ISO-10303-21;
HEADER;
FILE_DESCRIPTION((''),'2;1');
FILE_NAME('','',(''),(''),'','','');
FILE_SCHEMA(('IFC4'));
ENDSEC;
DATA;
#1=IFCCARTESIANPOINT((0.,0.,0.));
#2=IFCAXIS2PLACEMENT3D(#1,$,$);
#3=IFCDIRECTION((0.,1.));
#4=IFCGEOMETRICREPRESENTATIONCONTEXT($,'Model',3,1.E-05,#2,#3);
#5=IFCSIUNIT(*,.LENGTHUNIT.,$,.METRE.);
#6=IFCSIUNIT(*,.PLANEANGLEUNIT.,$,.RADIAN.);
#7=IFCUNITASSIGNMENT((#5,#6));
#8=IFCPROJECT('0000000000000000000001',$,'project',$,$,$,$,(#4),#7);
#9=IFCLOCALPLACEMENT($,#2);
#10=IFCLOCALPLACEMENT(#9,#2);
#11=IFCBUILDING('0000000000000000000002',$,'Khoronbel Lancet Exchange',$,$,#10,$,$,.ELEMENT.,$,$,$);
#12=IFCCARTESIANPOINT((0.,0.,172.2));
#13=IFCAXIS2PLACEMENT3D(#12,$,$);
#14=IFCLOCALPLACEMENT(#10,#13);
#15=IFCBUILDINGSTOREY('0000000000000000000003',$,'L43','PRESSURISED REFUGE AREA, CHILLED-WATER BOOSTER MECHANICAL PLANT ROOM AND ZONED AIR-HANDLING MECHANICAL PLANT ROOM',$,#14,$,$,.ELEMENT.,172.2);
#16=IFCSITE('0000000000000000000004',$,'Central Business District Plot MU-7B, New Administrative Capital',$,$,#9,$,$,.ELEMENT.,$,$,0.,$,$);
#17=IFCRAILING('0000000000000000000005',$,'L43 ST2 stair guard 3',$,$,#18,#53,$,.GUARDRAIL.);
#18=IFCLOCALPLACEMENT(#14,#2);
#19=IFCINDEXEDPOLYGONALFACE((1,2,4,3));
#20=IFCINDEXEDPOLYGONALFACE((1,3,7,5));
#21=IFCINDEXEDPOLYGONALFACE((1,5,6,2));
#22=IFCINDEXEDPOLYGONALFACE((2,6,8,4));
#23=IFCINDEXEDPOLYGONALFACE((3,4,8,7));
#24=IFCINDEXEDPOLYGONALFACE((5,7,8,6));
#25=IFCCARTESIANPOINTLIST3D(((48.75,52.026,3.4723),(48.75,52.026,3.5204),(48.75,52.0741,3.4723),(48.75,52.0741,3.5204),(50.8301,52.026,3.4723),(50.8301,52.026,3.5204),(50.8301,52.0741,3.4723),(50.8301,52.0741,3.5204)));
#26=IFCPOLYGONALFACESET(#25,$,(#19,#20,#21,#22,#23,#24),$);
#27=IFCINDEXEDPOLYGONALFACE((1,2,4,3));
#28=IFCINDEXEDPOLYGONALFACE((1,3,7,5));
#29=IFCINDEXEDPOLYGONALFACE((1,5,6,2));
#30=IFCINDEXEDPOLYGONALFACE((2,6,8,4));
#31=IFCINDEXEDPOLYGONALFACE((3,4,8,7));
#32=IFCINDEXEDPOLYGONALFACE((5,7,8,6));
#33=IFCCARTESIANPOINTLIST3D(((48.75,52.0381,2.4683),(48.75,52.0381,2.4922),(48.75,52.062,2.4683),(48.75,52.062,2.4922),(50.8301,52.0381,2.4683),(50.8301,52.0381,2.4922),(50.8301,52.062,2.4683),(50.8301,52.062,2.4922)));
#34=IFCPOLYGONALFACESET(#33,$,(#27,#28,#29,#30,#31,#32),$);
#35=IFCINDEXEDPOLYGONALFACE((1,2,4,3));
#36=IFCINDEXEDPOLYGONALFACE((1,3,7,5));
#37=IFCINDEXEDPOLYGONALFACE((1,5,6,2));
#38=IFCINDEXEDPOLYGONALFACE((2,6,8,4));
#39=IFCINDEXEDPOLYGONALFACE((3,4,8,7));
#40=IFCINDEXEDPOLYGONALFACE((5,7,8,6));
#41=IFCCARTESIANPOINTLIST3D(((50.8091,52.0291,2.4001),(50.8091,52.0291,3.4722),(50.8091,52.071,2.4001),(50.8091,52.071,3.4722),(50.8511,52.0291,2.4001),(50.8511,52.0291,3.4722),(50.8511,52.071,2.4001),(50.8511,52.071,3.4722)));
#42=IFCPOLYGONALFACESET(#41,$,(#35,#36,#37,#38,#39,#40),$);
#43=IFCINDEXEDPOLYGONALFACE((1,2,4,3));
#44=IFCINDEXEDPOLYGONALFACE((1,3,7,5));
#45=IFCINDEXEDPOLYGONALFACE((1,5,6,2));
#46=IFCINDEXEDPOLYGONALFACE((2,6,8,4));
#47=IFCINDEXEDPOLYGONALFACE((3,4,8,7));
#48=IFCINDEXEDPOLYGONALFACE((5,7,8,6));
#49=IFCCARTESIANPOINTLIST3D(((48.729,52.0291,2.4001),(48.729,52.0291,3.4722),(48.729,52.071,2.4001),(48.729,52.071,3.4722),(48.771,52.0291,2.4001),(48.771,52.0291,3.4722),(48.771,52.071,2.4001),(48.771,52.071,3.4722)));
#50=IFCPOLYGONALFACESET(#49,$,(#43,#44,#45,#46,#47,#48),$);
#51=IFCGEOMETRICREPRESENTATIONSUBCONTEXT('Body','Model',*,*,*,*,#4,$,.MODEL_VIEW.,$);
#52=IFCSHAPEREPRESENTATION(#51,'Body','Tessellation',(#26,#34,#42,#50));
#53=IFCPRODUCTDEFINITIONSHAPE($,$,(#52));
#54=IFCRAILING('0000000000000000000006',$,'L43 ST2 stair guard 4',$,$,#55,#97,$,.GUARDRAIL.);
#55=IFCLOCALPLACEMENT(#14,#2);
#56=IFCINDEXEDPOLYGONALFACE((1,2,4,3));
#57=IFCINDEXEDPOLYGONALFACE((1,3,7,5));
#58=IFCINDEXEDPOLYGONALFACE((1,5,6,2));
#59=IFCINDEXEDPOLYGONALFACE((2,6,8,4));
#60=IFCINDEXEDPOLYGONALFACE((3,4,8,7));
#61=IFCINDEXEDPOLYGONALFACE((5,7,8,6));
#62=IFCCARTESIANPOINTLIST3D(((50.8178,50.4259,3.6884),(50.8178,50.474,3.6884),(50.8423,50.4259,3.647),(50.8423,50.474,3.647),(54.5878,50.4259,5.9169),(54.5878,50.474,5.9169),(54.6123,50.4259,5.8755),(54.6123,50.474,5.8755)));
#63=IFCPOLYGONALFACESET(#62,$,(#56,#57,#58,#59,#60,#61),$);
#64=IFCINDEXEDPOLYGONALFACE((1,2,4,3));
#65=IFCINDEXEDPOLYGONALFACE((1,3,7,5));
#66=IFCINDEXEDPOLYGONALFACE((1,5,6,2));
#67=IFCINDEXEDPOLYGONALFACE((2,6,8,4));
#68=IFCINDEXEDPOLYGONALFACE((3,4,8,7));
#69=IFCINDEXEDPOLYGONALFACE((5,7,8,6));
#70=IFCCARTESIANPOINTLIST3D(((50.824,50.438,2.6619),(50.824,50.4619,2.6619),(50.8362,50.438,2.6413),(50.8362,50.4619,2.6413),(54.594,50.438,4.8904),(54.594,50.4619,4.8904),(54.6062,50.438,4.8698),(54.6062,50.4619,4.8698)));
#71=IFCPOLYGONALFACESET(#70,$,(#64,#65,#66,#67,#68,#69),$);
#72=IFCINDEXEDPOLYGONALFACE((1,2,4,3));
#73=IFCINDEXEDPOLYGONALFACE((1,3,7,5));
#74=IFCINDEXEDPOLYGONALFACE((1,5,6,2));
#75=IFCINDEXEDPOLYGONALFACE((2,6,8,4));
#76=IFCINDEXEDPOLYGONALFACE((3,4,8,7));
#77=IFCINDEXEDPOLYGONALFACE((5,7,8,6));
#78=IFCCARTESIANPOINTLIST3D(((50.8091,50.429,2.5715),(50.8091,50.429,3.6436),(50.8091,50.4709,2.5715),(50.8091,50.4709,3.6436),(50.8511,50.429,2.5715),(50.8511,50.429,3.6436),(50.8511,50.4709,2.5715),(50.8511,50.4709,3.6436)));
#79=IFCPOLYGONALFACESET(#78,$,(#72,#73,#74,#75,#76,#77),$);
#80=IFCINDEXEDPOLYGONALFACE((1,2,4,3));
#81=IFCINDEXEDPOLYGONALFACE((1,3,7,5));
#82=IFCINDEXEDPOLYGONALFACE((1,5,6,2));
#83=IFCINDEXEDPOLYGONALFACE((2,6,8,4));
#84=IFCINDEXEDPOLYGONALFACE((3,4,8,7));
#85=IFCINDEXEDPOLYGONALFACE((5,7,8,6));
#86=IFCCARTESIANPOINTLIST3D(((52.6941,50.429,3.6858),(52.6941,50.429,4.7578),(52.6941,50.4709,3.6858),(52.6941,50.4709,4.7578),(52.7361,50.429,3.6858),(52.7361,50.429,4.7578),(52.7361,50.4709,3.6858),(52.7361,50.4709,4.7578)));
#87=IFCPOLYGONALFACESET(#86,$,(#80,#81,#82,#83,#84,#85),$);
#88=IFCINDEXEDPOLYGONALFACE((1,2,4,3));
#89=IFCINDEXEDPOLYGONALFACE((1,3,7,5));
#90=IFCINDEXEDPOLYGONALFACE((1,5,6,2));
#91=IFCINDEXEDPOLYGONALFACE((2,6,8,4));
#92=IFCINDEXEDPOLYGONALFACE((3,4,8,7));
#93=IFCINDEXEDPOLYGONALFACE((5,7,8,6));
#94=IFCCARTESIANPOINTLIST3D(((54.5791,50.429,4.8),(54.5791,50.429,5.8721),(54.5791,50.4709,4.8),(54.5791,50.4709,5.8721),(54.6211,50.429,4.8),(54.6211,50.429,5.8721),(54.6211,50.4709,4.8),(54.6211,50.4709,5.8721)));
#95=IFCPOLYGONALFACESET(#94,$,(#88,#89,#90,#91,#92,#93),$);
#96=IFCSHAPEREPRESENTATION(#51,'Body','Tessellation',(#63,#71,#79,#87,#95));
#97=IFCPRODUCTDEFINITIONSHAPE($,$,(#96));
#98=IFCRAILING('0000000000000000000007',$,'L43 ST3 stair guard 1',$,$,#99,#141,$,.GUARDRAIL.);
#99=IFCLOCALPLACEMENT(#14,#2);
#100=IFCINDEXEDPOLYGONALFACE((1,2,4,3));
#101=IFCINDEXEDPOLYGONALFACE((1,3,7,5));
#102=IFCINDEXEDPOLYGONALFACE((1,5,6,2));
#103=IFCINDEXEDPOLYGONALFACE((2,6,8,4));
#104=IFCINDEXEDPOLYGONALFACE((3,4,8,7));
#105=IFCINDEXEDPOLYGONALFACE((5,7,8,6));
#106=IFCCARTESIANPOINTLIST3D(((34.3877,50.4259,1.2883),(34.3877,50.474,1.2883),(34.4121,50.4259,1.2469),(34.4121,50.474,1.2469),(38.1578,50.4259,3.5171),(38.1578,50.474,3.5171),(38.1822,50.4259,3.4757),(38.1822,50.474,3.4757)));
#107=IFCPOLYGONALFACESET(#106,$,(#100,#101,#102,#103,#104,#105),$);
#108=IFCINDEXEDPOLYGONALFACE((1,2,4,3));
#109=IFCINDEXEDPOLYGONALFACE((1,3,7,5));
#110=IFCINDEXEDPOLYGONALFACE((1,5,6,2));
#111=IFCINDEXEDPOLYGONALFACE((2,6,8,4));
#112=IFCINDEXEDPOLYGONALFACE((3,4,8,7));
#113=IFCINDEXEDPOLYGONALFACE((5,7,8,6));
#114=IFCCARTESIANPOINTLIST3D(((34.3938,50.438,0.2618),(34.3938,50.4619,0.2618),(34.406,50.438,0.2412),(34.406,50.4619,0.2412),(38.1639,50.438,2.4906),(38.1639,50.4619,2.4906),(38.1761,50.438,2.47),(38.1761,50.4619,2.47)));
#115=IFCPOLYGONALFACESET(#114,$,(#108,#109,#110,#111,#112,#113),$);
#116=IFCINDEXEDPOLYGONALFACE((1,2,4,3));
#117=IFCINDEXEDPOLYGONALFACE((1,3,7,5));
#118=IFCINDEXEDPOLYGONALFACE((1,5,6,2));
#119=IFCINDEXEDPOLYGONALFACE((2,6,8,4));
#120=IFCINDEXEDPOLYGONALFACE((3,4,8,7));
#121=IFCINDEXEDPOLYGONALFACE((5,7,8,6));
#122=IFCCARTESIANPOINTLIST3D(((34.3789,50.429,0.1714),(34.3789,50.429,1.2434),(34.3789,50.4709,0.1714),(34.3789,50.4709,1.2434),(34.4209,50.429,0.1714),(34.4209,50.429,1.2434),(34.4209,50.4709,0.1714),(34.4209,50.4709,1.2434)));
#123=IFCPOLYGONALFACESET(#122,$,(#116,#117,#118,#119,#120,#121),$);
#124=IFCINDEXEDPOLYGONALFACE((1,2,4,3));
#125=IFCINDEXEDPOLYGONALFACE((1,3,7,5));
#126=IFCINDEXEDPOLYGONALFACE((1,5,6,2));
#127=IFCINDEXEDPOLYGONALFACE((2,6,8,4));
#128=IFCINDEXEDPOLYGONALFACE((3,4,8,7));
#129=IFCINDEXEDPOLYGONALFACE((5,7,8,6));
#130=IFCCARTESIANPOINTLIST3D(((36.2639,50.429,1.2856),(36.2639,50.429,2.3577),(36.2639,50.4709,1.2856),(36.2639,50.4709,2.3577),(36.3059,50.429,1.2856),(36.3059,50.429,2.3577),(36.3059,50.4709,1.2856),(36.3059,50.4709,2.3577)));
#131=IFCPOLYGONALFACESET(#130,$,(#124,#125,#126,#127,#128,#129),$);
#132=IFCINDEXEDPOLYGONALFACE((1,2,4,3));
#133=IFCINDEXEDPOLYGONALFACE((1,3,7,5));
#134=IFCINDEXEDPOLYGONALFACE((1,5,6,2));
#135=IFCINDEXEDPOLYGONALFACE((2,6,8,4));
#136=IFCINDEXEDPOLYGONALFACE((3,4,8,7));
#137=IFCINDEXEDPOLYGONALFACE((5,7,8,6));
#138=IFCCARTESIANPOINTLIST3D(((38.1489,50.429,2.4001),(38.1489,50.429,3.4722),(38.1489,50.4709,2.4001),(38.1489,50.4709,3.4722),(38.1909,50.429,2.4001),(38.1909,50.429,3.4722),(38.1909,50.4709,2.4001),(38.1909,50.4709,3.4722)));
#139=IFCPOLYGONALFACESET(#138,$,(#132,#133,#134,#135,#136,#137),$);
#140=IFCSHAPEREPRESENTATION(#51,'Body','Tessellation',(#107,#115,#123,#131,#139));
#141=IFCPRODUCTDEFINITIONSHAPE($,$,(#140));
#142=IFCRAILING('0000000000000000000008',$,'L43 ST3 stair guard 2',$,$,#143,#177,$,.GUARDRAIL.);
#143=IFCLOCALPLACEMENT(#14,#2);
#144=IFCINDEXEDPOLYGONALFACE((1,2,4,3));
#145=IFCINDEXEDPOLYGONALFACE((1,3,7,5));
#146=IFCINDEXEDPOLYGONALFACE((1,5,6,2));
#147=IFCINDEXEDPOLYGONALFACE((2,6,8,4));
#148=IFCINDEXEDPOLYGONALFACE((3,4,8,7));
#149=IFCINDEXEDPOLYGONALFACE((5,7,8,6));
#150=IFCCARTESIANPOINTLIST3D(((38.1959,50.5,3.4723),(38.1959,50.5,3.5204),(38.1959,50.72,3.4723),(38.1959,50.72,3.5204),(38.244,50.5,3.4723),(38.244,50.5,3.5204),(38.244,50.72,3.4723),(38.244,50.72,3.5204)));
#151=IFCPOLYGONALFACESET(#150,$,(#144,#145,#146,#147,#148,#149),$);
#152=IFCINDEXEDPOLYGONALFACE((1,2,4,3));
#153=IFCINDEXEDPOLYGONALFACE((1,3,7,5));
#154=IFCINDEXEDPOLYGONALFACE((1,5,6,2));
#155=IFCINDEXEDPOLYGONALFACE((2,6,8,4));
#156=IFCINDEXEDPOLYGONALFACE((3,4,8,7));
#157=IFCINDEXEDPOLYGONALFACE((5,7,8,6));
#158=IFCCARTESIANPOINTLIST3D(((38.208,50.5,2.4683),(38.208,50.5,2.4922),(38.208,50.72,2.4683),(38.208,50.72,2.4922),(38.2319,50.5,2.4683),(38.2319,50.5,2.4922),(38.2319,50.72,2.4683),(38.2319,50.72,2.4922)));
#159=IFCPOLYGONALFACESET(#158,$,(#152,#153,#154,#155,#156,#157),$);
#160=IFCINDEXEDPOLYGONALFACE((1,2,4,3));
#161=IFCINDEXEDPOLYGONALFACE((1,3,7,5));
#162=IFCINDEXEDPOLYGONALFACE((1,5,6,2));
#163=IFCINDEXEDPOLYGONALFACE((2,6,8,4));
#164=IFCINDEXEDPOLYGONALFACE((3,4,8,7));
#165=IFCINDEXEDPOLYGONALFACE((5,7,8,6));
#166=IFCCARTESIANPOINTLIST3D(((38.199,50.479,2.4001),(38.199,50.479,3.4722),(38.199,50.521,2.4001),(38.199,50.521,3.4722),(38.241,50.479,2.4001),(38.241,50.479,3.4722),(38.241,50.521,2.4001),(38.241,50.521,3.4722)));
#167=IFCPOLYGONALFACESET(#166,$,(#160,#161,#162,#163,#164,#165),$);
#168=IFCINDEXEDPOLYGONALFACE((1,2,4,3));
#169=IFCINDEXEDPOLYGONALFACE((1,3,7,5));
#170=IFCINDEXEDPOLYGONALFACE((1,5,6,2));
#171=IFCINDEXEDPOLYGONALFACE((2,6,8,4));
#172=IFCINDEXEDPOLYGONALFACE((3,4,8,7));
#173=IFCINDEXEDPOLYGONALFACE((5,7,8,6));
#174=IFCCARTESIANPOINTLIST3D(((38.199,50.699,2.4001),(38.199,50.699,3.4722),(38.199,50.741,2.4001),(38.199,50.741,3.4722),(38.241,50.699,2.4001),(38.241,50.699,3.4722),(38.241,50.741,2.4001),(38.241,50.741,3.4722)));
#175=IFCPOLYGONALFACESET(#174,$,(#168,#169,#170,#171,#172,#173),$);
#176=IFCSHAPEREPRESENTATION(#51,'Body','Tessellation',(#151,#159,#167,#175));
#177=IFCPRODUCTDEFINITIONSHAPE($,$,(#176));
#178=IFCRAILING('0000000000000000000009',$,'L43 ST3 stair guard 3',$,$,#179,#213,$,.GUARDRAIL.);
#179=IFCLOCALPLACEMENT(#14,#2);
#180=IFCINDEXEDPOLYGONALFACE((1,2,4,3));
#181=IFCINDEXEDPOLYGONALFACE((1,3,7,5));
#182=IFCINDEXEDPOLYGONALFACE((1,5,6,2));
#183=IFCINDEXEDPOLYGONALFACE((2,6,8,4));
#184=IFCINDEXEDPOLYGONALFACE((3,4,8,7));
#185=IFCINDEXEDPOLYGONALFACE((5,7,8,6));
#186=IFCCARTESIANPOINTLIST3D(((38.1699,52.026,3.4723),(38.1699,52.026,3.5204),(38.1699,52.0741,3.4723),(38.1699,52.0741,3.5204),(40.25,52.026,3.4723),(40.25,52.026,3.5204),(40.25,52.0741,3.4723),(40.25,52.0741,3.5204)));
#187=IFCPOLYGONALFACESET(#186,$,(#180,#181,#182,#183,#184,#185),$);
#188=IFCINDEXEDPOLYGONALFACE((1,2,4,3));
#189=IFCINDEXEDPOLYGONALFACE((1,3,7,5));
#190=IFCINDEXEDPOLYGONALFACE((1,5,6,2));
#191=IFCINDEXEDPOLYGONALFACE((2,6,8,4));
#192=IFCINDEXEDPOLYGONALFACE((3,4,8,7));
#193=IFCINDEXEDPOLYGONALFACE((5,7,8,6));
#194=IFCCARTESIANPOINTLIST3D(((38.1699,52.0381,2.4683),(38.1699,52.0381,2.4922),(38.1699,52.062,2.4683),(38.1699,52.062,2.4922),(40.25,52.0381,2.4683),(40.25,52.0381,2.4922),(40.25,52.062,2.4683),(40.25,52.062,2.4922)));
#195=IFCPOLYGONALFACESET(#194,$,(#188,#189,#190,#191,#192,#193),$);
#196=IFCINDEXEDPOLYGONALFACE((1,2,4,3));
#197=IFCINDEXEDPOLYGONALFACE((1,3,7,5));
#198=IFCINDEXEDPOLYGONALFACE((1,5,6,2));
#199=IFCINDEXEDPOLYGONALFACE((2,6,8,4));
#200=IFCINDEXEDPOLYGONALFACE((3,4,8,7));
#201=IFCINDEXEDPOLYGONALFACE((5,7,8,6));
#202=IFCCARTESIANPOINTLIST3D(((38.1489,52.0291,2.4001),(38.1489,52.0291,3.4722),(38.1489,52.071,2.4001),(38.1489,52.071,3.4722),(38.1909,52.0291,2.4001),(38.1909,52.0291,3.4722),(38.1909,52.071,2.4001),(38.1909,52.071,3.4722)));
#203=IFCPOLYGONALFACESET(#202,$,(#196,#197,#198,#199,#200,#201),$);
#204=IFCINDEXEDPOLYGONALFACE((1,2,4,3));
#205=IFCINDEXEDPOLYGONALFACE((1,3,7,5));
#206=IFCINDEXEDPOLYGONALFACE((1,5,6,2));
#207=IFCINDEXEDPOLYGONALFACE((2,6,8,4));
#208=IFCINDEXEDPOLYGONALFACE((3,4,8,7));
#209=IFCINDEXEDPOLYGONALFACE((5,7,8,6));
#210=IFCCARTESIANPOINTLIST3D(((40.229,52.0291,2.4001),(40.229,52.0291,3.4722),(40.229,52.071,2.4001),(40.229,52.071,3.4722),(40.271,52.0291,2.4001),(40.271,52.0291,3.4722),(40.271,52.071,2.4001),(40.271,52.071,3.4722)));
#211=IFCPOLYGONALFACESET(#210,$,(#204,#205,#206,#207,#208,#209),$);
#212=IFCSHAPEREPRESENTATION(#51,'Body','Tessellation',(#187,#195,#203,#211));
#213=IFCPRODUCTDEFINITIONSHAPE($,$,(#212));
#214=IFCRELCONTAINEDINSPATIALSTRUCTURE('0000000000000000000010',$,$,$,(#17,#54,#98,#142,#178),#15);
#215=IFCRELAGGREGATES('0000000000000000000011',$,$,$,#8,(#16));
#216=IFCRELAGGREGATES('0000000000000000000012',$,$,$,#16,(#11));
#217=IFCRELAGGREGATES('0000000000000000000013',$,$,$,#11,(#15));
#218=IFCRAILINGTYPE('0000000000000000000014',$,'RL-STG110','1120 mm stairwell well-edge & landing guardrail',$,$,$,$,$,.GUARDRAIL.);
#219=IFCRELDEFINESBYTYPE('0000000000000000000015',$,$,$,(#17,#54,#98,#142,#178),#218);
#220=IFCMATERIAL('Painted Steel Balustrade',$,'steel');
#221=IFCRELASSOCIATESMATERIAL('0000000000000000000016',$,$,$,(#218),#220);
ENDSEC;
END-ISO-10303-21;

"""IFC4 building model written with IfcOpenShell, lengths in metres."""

from ifc_helpers import new_model, si_unit, direction, frame, origin, origin_2d, place, context, subcontext, project, spatial, rectangle, extrude, material, type_object, element, save


model = new_model("IFC4")

# Units and contexts
model_context = context("Model", 3, precision=1e-05, world=origin(), true_north=direction((0.0, 1.0)))
body_context = subcontext(model_context, "Body", "Model", "MODEL_VIEW")
ifc_project = project(units=[si_unit("LENGTHUNIT", "METRE"), si_unit("PLANEANGLEUNIT", "RADIAN")], contexts=[model_context])

# Site, building, storey
site_placement = place(None, origin())
site = spatial("IfcSite", under=ifc_project, at=site_placement, Name="Central Business District Plot MU-7B, New Administrative Capital", CompositionType="ELEMENT", RefElevation=0.0)
building_placement = place(site_placement, origin())
building = spatial("IfcBuilding", under=site, at=building_placement, Name="Khoronbel Lancet Exchange", CompositionType="ELEMENT")
storey_placement = place(building_placement, frame((0.0, 0.0, 172.2)))
storey = spatial("IfcBuildingStorey", under=building, at=storey_placement, Name="L43", Description="PRESSURISED REFUGE AREA, CHILLED-WATER BOOSTER MECHANICAL PLANT ROOM AND ZONED AIR-HANDLING MECHANICAL PLANT ROOM", CompositionType="ELEMENT", Elevation=172.2)

# Railings
ifc_material_1 = material(Name="Painted Steel Balustrade", Category="steel")
railing_type_1 = type_object("IfcRailingType", Name="RL-STG110", Description="1120 mm stairwell well-edge & landing guardrail", PredefinedType="GUARDRAIL", material=ifc_material_1)
railing_1_placement = place(storey_placement, frame((50.8301, 52.05, 2.4001)))
element("IfcRailing", 1, at=railing_1_placement, inside=storey, type_object=railing_type_1, Name="L43 ST2 stair guard 3", PredefinedType="GUARDRAIL", context=body_context, shape_type="SweptSolid", body=[
    extrude(rectangle(XDim=0.0481, YDim=0.0481, at=origin_2d()), frame((0.0, 0.0, 1.0962), z_axis=(-1.0, 0.0, 0.0), x_axis=(0.0, -1.0, 0.0)), (0.0, 0.0, 1.0), 2.0801),
    extrude(rectangle(XDim=0.0239, YDim=0.0239, at=origin_2d()), frame((0.0, 0.0, 0.0801), z_axis=(-1.0, 0.0, 0.0), x_axis=(0.0, -1.0, 0.0)), (0.0, 0.0, 1.0), 2.0801),
    extrude(rectangle(XDim=0.042, YDim=0.042, at=origin_2d()), origin(), (0.0, 0.0, 1.0), 1.072),
    extrude(rectangle(XDim=0.042, YDim=0.042, at=origin_2d()), frame((-2.0801, 0.0, 0.0)), (0.0, 0.0, 1.0), 1.072),
])
railing_2_placement = place(storey_placement, frame((50.8301, 50.45, 2.5715)))
element("IfcRailing", 2, at=railing_2_placement, inside=storey, type_object=railing_type_1, Name="L43 ST2 stair guard 4", PredefinedType="GUARDRAIL", context=body_context, shape_type="SweptSolid", body=[
    extrude(rectangle(XDim=0.0481, YDim=0.0481, at=origin_2d()), frame((0.0, 0.0, 1.0962), z_axis=(0.860849, 0.0, 0.508861), x_axis=(0.0, 1.0, 0.0)), (0.0, 0.0, 1.0), 4.3794),
    extrude(rectangle(XDim=0.0239, YDim=0.0239, at=origin_2d()), frame((0.0, 0.0, 0.0801), z_axis=(0.860849, 0.0, 0.508861), x_axis=(0.0, 1.0, 0.0)), (0.0, 0.0, 1.0), 4.3794),
    extrude(rectangle(XDim=0.042, YDim=0.042, at=origin_2d()), origin(), (0.0, 0.0, 1.0), 1.072),
    extrude(rectangle(XDim=0.042, YDim=0.042, at=origin_2d()), frame((1.885, 0.0, 1.1143)), (0.0, 0.0, 1.0), 1.072),
    extrude(rectangle(XDim=0.042, YDim=0.042, at=origin_2d()), frame((3.77, 0.0, 2.2285)), (0.0, 0.0, 1.0), 1.072),
])
railing_3_placement = place(storey_placement, frame((34.3999, 50.45, 0.1714)))
element("IfcRailing", 3, at=railing_3_placement, inside=storey, type_object=railing_type_1, Name="L43 ST3 stair guard 1", PredefinedType="GUARDRAIL", context=body_context, shape_type="SweptSolid", body=[
    extrude(rectangle(XDim=0.0481, YDim=0.0481, at=origin_2d()), frame((0.0, 0.0, 1.0962), z_axis=(0.860824, 0.0, 0.508902), x_axis=(0.0, 1.0, 0.0)), (0.0, 0.0, 1.0), 4.3796),
    extrude(rectangle(XDim=0.0239, YDim=0.0239, at=origin_2d()), frame((0.0, 0.0, 0.0801), z_axis=(0.860824, 0.0, 0.508902), x_axis=(0.0, 1.0, 0.0)), (0.0, 0.0, 1.0), 4.3796),
    extrude(rectangle(XDim=0.042, YDim=0.042, at=origin_2d()), origin(), (0.0, 0.0, 1.0), 1.072),
    extrude(rectangle(XDim=0.042, YDim=0.042, at=origin_2d()), frame((1.885, 0.0, 1.1143)), (0.0, 0.0, 1.0), 1.072),
    extrude(rectangle(XDim=0.042, YDim=0.042, at=origin_2d()), frame((3.77, 0.0, 2.2288)), (0.0, 0.0, 1.0), 1.072),
])
railing_4_placement = place(storey_placement, frame((38.22, 50.5, 2.4001)))
element("IfcRailing", 4, at=railing_4_placement, inside=storey, type_object=railing_type_1, Name="L43 ST3 stair guard 2", PredefinedType="GUARDRAIL", context=body_context, shape_type="SweptSolid", body=[
    extrude(rectangle(XDim=0.0481, YDim=0.0481, at=origin_2d()), frame((0.0, 0.0, 1.0962), z_axis=(0.0, 1.0, 0.0), x_axis=(-1.0, 0.0, 0.0)), (0.0, 0.0, 1.0), 0.22),
    extrude(rectangle(XDim=0.0239, YDim=0.0239, at=origin_2d()), frame((0.0, 0.0, 0.0801), z_axis=(0.0, 1.0, 0.0), x_axis=(-1.0, 0.0, 0.0)), (0.0, 0.0, 1.0), 0.22),
    extrude(rectangle(XDim=0.042, YDim=0.042, at=origin_2d()), origin(), (0.0, 0.0, 1.0), 1.072),
    extrude(rectangle(XDim=0.042, YDim=0.042, at=origin_2d()), frame((0.0, 0.22, 0.0)), (0.0, 0.0, 1.0), 1.072),
])
railing_5_placement = place(storey_placement, frame((38.1699, 52.05, 2.4001)))
element("IfcRailing", 5, at=railing_5_placement, inside=storey, type_object=railing_type_1, Name="L43 ST3 stair guard 3", PredefinedType="GUARDRAIL", context=body_context, shape_type="SweptSolid", body=[
    extrude(rectangle(XDim=0.0481, YDim=0.0481, at=origin_2d()), frame((0.0, 0.0, 1.0962), z_axis=(1.0, 0.0, 0.0), x_axis=(0.0, 1.0, 0.0)), (0.0, 0.0, 1.0), 2.0801),
    extrude(rectangle(XDim=0.0239, YDim=0.0239, at=origin_2d()), frame((0.0, 0.0, 0.0801), z_axis=(1.0, 0.0, 0.0), x_axis=(0.0, 1.0, 0.0)), (0.0, 0.0, 1.0), 2.0801),
    extrude(rectangle(XDim=0.042, YDim=0.042, at=origin_2d()), origin(), (0.0, 0.0, 1.0), 1.072),
    extrude(rectangle(XDim=0.042, YDim=0.042, at=origin_2d()), frame((2.0801, 0.0, 0.0)), (0.0, 0.0, 1.0), 1.072),
])

save(model, "model.ifc")
